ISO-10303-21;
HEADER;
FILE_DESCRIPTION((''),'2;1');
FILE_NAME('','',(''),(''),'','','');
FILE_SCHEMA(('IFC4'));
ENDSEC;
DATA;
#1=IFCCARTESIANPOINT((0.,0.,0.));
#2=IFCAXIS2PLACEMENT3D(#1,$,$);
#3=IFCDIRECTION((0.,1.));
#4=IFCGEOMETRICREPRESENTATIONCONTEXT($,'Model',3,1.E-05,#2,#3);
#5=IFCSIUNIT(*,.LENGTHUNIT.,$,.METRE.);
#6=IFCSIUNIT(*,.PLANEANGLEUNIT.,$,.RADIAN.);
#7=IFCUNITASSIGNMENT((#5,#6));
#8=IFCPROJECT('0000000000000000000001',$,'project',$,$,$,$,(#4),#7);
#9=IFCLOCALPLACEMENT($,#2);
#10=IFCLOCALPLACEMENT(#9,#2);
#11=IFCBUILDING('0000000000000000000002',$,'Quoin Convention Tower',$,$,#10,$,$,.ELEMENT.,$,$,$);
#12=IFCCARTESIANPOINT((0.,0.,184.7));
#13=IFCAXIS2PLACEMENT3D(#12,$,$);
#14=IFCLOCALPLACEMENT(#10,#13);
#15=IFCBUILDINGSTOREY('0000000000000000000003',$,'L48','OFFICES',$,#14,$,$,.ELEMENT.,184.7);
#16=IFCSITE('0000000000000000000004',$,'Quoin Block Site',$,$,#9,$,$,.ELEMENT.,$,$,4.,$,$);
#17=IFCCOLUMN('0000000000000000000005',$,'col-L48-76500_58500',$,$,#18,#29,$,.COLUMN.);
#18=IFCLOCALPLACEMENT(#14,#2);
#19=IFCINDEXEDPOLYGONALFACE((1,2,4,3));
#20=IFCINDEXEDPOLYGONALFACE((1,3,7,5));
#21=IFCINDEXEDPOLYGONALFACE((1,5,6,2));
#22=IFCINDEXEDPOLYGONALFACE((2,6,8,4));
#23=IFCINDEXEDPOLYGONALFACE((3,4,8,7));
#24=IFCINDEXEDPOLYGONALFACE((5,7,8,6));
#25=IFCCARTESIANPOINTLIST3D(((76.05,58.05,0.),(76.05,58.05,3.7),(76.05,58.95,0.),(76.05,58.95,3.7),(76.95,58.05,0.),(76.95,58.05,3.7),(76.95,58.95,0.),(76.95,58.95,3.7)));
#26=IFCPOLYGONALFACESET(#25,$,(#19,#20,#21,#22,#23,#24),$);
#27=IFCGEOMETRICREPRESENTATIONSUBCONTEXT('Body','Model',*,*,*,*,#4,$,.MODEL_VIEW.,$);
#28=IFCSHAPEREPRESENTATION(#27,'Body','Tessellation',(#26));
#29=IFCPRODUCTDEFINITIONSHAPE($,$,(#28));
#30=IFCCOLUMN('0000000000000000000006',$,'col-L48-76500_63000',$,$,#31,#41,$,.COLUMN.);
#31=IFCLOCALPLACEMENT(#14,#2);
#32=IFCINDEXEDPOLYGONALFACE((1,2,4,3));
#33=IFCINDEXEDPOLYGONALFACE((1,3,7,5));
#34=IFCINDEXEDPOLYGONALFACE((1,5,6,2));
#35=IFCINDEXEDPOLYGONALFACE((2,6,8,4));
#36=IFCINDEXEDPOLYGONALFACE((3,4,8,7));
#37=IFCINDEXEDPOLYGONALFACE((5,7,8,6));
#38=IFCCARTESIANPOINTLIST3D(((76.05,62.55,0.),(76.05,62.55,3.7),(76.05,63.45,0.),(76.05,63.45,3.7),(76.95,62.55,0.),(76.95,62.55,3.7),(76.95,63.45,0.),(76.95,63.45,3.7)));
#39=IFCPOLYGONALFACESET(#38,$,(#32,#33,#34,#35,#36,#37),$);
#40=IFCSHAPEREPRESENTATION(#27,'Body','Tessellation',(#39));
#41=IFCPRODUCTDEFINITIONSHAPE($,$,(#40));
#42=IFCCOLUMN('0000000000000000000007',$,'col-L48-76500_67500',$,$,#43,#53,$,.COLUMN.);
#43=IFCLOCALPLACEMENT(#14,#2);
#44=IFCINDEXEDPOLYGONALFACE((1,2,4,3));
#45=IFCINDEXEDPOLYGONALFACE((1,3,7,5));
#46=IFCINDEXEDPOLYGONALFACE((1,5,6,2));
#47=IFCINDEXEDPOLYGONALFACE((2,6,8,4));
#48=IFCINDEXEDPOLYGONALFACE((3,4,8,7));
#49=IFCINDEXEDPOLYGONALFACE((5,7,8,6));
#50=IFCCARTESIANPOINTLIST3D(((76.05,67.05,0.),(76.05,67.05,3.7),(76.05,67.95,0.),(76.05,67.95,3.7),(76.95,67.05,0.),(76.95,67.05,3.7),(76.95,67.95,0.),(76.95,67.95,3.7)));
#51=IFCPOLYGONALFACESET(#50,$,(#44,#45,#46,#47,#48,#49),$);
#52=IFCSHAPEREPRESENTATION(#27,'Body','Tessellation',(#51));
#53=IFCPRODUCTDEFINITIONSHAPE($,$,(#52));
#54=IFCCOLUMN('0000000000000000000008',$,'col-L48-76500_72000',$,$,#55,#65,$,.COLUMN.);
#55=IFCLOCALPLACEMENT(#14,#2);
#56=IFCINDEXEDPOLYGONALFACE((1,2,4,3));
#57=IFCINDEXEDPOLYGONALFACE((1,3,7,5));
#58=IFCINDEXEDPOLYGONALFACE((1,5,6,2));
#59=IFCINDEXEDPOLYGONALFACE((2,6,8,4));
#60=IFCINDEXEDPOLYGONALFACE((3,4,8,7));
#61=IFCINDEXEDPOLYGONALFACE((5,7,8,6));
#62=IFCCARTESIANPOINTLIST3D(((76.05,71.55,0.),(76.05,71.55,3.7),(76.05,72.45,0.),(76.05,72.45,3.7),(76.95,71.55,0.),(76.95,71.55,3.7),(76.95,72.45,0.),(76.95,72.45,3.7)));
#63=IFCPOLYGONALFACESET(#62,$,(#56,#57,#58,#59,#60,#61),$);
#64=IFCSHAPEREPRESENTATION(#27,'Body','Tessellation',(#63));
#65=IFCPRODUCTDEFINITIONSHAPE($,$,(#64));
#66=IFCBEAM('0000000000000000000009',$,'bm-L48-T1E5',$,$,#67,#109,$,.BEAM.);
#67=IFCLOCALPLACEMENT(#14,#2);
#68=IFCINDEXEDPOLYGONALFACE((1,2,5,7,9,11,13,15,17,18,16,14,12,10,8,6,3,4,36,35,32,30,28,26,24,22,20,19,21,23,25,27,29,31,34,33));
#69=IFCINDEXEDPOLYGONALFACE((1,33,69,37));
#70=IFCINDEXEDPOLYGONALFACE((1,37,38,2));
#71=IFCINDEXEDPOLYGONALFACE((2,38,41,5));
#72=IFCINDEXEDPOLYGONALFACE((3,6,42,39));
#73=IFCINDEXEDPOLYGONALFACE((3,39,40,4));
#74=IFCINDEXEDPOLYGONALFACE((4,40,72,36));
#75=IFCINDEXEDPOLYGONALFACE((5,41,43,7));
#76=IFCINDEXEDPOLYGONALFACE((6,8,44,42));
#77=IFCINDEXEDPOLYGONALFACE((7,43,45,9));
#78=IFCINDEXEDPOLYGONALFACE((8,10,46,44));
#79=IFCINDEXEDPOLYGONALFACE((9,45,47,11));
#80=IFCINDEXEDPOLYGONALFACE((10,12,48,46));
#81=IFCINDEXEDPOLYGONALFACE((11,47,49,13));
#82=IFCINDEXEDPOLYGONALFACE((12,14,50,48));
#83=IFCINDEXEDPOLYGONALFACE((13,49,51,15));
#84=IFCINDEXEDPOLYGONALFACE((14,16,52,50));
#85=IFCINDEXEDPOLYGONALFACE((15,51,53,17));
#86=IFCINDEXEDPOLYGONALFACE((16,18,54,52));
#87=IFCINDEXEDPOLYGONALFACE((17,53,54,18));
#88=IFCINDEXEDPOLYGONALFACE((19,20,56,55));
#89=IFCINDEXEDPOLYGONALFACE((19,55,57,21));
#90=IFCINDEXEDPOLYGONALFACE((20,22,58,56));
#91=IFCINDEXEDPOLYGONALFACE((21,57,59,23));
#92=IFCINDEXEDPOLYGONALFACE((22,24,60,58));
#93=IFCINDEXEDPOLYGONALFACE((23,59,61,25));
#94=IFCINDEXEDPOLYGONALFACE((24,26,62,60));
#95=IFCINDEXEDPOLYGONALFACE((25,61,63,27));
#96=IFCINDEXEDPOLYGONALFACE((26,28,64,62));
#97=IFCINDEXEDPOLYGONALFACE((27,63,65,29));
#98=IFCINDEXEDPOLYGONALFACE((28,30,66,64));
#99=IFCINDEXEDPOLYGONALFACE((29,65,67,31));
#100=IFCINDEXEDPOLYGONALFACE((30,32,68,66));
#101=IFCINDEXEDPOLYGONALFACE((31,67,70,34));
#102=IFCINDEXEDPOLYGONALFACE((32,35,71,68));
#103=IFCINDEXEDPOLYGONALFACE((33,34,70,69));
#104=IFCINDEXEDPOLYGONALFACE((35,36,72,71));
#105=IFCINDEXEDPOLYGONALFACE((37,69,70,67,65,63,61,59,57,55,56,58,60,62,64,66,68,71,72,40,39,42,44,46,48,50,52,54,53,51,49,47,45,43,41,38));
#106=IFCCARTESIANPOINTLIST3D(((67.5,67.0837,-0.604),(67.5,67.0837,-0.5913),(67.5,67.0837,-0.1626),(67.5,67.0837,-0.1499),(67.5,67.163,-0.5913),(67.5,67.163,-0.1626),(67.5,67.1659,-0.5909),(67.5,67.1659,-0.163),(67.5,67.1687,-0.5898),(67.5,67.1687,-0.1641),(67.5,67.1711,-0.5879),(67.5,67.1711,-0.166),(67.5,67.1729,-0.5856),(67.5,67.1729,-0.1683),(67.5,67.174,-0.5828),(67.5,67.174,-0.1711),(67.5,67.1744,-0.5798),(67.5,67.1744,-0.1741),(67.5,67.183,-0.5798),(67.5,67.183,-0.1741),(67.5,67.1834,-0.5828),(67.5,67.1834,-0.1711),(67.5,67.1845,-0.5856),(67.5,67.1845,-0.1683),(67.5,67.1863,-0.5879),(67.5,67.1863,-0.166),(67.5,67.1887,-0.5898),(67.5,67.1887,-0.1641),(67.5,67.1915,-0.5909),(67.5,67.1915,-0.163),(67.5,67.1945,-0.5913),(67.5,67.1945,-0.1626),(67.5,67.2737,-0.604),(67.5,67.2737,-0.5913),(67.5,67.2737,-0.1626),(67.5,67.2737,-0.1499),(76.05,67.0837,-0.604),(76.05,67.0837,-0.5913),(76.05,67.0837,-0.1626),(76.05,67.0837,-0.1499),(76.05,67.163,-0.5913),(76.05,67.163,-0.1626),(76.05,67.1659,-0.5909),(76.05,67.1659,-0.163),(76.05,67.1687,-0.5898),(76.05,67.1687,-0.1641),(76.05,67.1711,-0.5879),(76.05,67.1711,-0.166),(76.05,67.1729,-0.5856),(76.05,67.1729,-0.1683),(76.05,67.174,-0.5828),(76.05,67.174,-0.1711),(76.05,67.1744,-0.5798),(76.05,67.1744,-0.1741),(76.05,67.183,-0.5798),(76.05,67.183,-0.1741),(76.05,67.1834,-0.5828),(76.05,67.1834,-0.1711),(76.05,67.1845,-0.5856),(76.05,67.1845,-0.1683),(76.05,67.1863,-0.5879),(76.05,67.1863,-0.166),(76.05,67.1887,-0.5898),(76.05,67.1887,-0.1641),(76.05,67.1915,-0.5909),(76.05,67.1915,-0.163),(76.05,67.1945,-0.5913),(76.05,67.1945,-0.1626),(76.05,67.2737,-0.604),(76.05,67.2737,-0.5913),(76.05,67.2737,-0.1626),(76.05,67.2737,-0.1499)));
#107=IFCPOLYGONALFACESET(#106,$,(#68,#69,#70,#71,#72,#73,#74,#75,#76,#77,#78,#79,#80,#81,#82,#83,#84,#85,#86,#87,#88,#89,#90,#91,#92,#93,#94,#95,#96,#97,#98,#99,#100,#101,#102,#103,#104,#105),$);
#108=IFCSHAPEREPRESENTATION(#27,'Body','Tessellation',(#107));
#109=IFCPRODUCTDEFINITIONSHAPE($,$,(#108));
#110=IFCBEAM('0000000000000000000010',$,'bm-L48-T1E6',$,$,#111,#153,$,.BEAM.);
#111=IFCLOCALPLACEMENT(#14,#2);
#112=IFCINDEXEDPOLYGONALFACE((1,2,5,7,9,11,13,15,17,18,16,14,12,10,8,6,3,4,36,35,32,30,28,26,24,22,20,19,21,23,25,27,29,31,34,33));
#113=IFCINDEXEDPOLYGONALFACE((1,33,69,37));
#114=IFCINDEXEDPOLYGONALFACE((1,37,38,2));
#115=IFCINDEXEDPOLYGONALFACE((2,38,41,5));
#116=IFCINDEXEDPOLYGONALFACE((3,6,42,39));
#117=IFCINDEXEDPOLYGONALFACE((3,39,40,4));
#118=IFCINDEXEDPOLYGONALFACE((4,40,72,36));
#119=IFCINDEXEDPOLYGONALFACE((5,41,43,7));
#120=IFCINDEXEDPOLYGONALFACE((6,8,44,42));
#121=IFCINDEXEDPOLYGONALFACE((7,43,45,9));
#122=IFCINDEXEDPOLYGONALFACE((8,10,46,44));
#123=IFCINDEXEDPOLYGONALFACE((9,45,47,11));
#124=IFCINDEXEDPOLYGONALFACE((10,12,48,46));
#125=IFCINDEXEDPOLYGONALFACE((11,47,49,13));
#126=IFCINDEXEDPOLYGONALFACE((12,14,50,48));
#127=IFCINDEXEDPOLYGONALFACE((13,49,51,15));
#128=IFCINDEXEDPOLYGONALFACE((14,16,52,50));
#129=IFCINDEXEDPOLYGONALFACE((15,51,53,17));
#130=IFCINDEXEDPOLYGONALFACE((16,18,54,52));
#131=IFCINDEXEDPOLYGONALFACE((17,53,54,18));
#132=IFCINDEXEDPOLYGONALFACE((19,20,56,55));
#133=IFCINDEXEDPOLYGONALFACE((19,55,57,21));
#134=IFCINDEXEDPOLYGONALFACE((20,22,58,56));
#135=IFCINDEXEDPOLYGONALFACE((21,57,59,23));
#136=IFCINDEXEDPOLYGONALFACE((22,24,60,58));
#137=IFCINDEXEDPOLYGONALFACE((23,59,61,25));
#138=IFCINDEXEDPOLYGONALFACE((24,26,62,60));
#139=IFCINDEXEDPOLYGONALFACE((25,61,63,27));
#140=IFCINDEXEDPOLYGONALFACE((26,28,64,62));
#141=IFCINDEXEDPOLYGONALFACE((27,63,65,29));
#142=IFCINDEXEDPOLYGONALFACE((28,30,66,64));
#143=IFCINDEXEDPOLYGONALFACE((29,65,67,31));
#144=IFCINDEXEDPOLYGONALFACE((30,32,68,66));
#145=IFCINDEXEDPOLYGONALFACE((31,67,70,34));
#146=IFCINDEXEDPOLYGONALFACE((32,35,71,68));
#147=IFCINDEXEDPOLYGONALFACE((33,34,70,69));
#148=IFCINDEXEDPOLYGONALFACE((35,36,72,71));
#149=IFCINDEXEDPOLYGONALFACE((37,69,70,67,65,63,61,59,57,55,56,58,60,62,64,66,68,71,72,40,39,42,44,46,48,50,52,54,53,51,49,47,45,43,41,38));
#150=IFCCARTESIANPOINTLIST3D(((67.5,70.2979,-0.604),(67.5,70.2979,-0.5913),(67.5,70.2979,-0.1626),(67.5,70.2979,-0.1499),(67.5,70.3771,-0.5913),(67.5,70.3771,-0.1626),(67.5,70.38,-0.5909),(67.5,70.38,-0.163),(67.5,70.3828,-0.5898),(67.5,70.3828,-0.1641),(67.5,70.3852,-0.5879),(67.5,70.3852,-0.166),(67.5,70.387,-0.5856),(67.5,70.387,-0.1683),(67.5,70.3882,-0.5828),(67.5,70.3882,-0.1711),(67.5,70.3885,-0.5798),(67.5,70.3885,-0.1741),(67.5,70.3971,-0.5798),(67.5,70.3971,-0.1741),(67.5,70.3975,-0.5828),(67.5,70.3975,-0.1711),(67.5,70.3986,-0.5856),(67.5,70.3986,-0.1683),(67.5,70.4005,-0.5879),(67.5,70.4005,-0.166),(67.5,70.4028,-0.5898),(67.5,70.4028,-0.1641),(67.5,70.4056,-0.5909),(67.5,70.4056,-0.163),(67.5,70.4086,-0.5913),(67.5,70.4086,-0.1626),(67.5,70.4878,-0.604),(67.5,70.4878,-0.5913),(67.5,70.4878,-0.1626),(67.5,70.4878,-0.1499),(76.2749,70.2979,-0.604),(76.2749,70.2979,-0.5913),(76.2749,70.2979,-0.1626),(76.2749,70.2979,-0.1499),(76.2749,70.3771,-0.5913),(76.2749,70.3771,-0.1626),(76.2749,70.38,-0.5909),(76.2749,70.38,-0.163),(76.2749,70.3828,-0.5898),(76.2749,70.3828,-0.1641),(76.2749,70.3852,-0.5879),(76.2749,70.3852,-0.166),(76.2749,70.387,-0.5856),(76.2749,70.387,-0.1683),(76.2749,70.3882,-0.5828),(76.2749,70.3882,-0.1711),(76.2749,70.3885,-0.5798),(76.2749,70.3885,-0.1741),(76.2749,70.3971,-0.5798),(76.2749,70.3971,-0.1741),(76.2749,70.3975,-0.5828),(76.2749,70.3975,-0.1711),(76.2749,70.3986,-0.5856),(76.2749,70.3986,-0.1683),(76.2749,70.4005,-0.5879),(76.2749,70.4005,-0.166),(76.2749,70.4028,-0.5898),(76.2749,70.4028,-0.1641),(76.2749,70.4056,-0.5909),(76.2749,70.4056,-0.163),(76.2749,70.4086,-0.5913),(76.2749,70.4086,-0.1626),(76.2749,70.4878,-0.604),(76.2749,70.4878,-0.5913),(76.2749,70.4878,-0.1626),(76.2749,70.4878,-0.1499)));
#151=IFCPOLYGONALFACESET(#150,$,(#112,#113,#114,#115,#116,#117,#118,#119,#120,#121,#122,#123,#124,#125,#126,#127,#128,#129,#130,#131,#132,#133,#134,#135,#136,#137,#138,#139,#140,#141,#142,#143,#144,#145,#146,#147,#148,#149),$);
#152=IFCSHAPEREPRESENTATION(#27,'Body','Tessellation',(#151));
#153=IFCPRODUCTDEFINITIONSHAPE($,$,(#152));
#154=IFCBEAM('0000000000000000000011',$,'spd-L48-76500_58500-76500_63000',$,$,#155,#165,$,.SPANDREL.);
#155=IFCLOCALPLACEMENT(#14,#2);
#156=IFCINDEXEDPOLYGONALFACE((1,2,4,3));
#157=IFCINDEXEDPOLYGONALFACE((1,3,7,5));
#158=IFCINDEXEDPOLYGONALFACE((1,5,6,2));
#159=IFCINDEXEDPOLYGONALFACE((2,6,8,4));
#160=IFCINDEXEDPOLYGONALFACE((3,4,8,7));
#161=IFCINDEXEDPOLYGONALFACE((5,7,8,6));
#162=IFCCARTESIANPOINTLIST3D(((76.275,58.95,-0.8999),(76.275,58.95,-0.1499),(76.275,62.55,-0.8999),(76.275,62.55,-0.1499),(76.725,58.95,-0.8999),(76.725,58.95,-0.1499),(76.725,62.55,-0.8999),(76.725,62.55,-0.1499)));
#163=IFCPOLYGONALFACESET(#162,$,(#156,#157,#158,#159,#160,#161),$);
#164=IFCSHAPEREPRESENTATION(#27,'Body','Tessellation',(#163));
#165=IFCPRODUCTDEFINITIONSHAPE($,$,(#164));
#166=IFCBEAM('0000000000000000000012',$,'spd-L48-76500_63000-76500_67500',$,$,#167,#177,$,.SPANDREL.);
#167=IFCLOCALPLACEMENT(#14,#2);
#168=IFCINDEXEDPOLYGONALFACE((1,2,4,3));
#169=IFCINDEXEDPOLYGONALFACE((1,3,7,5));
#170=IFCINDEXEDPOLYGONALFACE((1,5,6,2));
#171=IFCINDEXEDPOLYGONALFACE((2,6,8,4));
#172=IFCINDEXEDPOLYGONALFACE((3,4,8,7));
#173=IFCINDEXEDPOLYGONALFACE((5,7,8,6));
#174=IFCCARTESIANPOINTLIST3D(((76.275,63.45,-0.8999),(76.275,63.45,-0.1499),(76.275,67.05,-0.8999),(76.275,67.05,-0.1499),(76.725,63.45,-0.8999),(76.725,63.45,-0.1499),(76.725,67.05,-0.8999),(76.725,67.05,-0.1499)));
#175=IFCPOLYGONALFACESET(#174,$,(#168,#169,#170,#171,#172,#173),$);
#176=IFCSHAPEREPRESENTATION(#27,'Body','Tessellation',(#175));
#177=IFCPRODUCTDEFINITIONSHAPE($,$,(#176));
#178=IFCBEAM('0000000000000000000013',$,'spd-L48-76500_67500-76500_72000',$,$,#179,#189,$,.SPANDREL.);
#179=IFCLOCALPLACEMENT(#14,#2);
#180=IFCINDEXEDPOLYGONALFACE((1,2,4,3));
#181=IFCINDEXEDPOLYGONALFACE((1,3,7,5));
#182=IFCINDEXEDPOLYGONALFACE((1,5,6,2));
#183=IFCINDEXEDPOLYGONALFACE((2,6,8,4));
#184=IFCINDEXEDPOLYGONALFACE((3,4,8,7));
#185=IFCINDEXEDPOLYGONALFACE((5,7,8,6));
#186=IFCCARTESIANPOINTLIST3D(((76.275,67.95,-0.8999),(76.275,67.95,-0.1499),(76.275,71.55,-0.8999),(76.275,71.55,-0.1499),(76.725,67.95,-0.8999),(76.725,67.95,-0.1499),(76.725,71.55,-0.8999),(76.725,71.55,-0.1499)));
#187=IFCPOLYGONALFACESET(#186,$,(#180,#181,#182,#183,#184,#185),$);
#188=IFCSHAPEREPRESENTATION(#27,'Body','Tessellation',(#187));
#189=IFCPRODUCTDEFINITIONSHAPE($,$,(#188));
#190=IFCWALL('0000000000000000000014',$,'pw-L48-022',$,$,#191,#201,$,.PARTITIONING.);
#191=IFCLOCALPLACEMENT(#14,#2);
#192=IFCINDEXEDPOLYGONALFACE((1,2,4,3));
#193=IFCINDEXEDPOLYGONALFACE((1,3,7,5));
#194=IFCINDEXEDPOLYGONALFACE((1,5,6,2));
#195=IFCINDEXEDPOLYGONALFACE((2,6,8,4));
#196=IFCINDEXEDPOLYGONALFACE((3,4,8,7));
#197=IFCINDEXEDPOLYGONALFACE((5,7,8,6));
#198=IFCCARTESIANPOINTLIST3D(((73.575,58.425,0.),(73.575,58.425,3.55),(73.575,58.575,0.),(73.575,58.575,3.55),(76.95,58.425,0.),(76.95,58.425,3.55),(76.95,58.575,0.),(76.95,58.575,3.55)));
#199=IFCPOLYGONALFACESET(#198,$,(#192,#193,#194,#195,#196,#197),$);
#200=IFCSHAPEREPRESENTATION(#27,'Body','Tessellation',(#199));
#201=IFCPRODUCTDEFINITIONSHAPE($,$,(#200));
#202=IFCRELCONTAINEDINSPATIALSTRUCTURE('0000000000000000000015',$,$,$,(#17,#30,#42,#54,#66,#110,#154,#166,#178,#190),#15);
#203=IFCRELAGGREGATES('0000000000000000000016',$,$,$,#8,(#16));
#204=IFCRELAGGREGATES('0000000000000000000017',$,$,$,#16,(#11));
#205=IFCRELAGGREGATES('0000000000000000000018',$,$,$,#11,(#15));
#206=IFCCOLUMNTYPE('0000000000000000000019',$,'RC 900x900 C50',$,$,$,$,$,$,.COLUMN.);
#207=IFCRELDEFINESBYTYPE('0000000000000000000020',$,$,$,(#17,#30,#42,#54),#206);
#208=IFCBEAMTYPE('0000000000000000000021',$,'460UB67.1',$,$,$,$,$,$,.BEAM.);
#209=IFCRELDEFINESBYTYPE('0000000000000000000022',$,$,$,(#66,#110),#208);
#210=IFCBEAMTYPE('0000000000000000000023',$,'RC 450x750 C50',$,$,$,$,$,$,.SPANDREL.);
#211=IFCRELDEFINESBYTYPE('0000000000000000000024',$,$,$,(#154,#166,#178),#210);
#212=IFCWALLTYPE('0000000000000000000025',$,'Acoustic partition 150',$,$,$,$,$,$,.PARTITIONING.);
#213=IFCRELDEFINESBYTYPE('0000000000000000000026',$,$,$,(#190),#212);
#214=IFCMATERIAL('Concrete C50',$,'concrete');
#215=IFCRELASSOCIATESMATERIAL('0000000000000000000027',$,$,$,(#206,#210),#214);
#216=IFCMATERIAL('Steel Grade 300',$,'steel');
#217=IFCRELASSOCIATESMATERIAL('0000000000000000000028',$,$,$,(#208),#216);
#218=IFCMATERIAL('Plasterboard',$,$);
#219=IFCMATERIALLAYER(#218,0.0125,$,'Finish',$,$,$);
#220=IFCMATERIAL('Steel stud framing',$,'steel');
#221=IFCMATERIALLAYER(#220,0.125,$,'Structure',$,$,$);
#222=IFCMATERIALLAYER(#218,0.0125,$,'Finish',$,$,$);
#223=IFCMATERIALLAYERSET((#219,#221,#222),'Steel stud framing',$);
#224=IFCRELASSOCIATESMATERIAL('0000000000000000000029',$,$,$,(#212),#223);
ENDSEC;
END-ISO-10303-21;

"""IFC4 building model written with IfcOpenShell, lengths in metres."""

from ifc_helpers import new_model, si_unit, direction, frame, frame_2d, origin, origin_2d, place, context, subcontext, project, spatial, rectangle, i_section, extrude, material, layer, layer_set, material_profile, profile_set, type_object, element, save


model = new_model("IFC4")

# Units and contexts
model_context = context("Model", 3, precision=1e-05, world=origin(), true_north=direction((0.0, 1.0)))
body_context = subcontext(model_context, "Body", "Model", "MODEL_VIEW")
ifc_project = project(units=[si_unit("LENGTHUNIT", "METRE"), si_unit("PLANEANGLEUNIT", "RADIAN")], contexts=[model_context])

# Site, building, storey
site_placement = place(None, origin())
site = spatial("IfcSite", under=ifc_project, at=site_placement, Name="Quoin Block Site", CompositionType="ELEMENT", RefElevation=4.0)
building_placement = place(site_placement, origin())
building = spatial("IfcBuilding", under=site, at=building_placement, Name="Quoin Convention Tower", CompositionType="ELEMENT")
storey_placement = place(building_placement, frame((0.0, 0.0, 184.7)))
storey = spatial("IfcBuildingStorey", under=building, at=storey_placement, Name="L48", Description="OFFICES", CompositionType="ELEMENT", Elevation=184.7)

# Columns
ifc_material_1 = material(Name="Concrete C50", Category="concrete")
ifc_material_profile_1 = material_profile(ifc_material_1, rectangle(XDim=0.8999, YDim=0.8999, at=origin_2d()), Name="RC 900x900")
ifc_profile_set_1 = profile_set([ifc_material_profile_1], Name="Concrete C50")
column_type = type_object("IfcColumnType", Name="RC 900x900 C50", PredefinedType="COLUMN", material=ifc_profile_set_1)
for number, where, z_axis, x_axis, name in (
    (1, (76.5, 58.5, 0.0), (0.0, 0.0, 1.0), (1.0, 0.0, 0.0), "col-L48-76500_58500"),
    (2, (76.5, 63.0, 0.0), (0.0, 0.0, 1.0), (1.0, 0.0, 0.0), "col-L48-76500_63000"),
    (3, (76.5, 67.5, 0.0), (0.0, 0.0, 1.0), (1.0, 0.0, 0.0), "col-L48-76500_67500"),
    (4, (76.5, 72.0, 0.0), (0.0, 0.0, 1.0), (1.0, 0.0, 0.0), "col-L48-76500_72000"),
):
    element("IfcColumn", number, at=place(storey_placement, frame(where, z_axis=z_axis, x_axis=x_axis)), inside=storey, type_object=column_type, Name=name, PredefinedType="COLUMN", context=body_context, shape_type="SweptSolid", body=[
        extrude(rectangle(XDim=0.8999, YDim=0.8999, at=origin_2d()), origin(), (0.0, 0.0, 1.0), 3.7),
    ])

# Beams
ifc_material_2 = material(Name="Steel Grade 300", Category="steel")
ifc_material_profile_2 = material_profile(ifc_material_2, i_section(OverallWidth=0.1899, OverallDepth=0.4541, WebThickness=0.0085, FlangeThickness=0.0127, FilletRadius=0.0115, at=origin_2d()), Name="460UB67.1")
ifc_profile_set_2 = profile_set([ifc_material_profile_2], Name="Steel Grade 300")
beam_type_1 = type_object("IfcBeamType", Name="460UB67.1", PredefinedType="BEAM", material=ifc_profile_set_2)
beam_1_placement = place(storey_placement, frame((67.5, 67.1787, -0.377), z_axis=(1.0, 0.0, 0.0), x_axis=(0.0, 1.0, 0.0)))
element("IfcBeam", 5, at=beam_1_placement, inside=storey, type_object=beam_type_1, Name="bm-L48-T1E5", PredefinedType="BEAM", context=body_context, shape_type="SweptSolid", body=[
    extrude(i_section(OverallWidth=0.1899, OverallDepth=0.4541, WebThickness=0.0085, FlangeThickness=0.0127, FilletRadius=0.0115, at=origin_2d()), origin(), (0.0, 0.0, 1.0), 8.55),
])
beam_2_placement = place(storey_placement, frame((67.5, 70.3928, -0.377), z_axis=(1.0, 0.0, 0.0), x_axis=(0.0, 1.0, 0.0)))
element("IfcBeam", 6, at=beam_2_placement, inside=storey, type_object=beam_type_1, Name="bm-L48-T1E6", PredefinedType="BEAM", context=body_context, shape_type="SweptSolid", body=[
    extrude(i_section(OverallWidth=0.1899, OverallDepth=0.4541, WebThickness=0.0085, FlangeThickness=0.0127, FilletRadius=0.0115, at=origin_2d()), origin(), (0.0, 0.0, 1.0), 8.7749),
])
ifc_material_profile_3 = material_profile(ifc_material_1, rectangle(XDim=0.45, YDim=0.75, at=origin_2d()), Name="RC 450x750")
ifc_profile_set_3 = profile_set([ifc_material_profile_3], Name="Concrete C50")
beam_type_2 = type_object("IfcBeamType", Name="RC 450x750 C50", PredefinedType="SPANDREL", material=ifc_profile_set_3)
for number, where, z_axis, x_axis, name in (
    (7, (76.5, 58.95, -0.5249), (0.0, 1.0, 0.0), (-1.0, 0.0, 0.0), "spd-L48-76500_58500-76500_63000"),
    (8, (76.5, 63.45, -0.5249), (0.0, 1.0, 0.0), (-1.0, 0.0, 0.0), "spd-L48-76500_63000-76500_67500"),
    (9, (76.5, 67.95, -0.5249), (0.0, 1.0, 0.0), (-1.0, 0.0, 0.0), "spd-L48-76500_67500-76500_72000"),
):
    element("IfcBeam", number, at=place(storey_placement, frame(where, z_axis=z_axis, x_axis=x_axis)), inside=storey, type_object=beam_type_2, Name=name, PredefinedType="SPANDREL", context=body_context, shape_type="SweptSolid", body=[
        extrude(rectangle(XDim=0.45, YDim=0.75, at=origin_2d()), origin(), (0.0, 0.0, 1.0), 3.6001),
    ])

# Wall
ifc_material_3 = material(Name="Plasterboard")
ifc_layer_1 = layer(ifc_material_3, 0.0125, Name="Finish")
ifc_material_4 = material(Name="Steel stud framing", Category="steel")
ifc_layer_2 = layer(ifc_material_4, 0.125, Name="Structure")
ifc_layer_3 = layer(ifc_material_3, 0.0125, Name="Finish")
ifc_layer_set_1 = layer_set([ifc_layer_1, ifc_layer_2, ifc_layer_3], Name="Steel stud framing")
wall_type_1 = type_object("IfcWallType", Name="Acoustic partition 150", PredefinedType="PARTITIONING", material=ifc_layer_set_1)
for number, where, z_axis, x_axis, name in (
    (10, (73.575, 58.5, 0.0), (0.0, 0.0, 1.0), (1.0, 0.0, 0.0), "pw-L48-022"),
):
    element("IfcWall", number, at=place(storey_placement, frame(where, z_axis=z_axis, x_axis=x_axis)), inside=storey, type_object=wall_type_1, Name=name, PredefinedType="PARTITIONING", context=body_context, shape_type="SweptSolid", body=[
        extrude(rectangle(XDim=3.375, YDim=0.1499, at=frame_2d((1.6875, 0.0))), origin(), (0.0, 0.0, 1.0), 3.55),
    ])

save(model, "model.ifc")
